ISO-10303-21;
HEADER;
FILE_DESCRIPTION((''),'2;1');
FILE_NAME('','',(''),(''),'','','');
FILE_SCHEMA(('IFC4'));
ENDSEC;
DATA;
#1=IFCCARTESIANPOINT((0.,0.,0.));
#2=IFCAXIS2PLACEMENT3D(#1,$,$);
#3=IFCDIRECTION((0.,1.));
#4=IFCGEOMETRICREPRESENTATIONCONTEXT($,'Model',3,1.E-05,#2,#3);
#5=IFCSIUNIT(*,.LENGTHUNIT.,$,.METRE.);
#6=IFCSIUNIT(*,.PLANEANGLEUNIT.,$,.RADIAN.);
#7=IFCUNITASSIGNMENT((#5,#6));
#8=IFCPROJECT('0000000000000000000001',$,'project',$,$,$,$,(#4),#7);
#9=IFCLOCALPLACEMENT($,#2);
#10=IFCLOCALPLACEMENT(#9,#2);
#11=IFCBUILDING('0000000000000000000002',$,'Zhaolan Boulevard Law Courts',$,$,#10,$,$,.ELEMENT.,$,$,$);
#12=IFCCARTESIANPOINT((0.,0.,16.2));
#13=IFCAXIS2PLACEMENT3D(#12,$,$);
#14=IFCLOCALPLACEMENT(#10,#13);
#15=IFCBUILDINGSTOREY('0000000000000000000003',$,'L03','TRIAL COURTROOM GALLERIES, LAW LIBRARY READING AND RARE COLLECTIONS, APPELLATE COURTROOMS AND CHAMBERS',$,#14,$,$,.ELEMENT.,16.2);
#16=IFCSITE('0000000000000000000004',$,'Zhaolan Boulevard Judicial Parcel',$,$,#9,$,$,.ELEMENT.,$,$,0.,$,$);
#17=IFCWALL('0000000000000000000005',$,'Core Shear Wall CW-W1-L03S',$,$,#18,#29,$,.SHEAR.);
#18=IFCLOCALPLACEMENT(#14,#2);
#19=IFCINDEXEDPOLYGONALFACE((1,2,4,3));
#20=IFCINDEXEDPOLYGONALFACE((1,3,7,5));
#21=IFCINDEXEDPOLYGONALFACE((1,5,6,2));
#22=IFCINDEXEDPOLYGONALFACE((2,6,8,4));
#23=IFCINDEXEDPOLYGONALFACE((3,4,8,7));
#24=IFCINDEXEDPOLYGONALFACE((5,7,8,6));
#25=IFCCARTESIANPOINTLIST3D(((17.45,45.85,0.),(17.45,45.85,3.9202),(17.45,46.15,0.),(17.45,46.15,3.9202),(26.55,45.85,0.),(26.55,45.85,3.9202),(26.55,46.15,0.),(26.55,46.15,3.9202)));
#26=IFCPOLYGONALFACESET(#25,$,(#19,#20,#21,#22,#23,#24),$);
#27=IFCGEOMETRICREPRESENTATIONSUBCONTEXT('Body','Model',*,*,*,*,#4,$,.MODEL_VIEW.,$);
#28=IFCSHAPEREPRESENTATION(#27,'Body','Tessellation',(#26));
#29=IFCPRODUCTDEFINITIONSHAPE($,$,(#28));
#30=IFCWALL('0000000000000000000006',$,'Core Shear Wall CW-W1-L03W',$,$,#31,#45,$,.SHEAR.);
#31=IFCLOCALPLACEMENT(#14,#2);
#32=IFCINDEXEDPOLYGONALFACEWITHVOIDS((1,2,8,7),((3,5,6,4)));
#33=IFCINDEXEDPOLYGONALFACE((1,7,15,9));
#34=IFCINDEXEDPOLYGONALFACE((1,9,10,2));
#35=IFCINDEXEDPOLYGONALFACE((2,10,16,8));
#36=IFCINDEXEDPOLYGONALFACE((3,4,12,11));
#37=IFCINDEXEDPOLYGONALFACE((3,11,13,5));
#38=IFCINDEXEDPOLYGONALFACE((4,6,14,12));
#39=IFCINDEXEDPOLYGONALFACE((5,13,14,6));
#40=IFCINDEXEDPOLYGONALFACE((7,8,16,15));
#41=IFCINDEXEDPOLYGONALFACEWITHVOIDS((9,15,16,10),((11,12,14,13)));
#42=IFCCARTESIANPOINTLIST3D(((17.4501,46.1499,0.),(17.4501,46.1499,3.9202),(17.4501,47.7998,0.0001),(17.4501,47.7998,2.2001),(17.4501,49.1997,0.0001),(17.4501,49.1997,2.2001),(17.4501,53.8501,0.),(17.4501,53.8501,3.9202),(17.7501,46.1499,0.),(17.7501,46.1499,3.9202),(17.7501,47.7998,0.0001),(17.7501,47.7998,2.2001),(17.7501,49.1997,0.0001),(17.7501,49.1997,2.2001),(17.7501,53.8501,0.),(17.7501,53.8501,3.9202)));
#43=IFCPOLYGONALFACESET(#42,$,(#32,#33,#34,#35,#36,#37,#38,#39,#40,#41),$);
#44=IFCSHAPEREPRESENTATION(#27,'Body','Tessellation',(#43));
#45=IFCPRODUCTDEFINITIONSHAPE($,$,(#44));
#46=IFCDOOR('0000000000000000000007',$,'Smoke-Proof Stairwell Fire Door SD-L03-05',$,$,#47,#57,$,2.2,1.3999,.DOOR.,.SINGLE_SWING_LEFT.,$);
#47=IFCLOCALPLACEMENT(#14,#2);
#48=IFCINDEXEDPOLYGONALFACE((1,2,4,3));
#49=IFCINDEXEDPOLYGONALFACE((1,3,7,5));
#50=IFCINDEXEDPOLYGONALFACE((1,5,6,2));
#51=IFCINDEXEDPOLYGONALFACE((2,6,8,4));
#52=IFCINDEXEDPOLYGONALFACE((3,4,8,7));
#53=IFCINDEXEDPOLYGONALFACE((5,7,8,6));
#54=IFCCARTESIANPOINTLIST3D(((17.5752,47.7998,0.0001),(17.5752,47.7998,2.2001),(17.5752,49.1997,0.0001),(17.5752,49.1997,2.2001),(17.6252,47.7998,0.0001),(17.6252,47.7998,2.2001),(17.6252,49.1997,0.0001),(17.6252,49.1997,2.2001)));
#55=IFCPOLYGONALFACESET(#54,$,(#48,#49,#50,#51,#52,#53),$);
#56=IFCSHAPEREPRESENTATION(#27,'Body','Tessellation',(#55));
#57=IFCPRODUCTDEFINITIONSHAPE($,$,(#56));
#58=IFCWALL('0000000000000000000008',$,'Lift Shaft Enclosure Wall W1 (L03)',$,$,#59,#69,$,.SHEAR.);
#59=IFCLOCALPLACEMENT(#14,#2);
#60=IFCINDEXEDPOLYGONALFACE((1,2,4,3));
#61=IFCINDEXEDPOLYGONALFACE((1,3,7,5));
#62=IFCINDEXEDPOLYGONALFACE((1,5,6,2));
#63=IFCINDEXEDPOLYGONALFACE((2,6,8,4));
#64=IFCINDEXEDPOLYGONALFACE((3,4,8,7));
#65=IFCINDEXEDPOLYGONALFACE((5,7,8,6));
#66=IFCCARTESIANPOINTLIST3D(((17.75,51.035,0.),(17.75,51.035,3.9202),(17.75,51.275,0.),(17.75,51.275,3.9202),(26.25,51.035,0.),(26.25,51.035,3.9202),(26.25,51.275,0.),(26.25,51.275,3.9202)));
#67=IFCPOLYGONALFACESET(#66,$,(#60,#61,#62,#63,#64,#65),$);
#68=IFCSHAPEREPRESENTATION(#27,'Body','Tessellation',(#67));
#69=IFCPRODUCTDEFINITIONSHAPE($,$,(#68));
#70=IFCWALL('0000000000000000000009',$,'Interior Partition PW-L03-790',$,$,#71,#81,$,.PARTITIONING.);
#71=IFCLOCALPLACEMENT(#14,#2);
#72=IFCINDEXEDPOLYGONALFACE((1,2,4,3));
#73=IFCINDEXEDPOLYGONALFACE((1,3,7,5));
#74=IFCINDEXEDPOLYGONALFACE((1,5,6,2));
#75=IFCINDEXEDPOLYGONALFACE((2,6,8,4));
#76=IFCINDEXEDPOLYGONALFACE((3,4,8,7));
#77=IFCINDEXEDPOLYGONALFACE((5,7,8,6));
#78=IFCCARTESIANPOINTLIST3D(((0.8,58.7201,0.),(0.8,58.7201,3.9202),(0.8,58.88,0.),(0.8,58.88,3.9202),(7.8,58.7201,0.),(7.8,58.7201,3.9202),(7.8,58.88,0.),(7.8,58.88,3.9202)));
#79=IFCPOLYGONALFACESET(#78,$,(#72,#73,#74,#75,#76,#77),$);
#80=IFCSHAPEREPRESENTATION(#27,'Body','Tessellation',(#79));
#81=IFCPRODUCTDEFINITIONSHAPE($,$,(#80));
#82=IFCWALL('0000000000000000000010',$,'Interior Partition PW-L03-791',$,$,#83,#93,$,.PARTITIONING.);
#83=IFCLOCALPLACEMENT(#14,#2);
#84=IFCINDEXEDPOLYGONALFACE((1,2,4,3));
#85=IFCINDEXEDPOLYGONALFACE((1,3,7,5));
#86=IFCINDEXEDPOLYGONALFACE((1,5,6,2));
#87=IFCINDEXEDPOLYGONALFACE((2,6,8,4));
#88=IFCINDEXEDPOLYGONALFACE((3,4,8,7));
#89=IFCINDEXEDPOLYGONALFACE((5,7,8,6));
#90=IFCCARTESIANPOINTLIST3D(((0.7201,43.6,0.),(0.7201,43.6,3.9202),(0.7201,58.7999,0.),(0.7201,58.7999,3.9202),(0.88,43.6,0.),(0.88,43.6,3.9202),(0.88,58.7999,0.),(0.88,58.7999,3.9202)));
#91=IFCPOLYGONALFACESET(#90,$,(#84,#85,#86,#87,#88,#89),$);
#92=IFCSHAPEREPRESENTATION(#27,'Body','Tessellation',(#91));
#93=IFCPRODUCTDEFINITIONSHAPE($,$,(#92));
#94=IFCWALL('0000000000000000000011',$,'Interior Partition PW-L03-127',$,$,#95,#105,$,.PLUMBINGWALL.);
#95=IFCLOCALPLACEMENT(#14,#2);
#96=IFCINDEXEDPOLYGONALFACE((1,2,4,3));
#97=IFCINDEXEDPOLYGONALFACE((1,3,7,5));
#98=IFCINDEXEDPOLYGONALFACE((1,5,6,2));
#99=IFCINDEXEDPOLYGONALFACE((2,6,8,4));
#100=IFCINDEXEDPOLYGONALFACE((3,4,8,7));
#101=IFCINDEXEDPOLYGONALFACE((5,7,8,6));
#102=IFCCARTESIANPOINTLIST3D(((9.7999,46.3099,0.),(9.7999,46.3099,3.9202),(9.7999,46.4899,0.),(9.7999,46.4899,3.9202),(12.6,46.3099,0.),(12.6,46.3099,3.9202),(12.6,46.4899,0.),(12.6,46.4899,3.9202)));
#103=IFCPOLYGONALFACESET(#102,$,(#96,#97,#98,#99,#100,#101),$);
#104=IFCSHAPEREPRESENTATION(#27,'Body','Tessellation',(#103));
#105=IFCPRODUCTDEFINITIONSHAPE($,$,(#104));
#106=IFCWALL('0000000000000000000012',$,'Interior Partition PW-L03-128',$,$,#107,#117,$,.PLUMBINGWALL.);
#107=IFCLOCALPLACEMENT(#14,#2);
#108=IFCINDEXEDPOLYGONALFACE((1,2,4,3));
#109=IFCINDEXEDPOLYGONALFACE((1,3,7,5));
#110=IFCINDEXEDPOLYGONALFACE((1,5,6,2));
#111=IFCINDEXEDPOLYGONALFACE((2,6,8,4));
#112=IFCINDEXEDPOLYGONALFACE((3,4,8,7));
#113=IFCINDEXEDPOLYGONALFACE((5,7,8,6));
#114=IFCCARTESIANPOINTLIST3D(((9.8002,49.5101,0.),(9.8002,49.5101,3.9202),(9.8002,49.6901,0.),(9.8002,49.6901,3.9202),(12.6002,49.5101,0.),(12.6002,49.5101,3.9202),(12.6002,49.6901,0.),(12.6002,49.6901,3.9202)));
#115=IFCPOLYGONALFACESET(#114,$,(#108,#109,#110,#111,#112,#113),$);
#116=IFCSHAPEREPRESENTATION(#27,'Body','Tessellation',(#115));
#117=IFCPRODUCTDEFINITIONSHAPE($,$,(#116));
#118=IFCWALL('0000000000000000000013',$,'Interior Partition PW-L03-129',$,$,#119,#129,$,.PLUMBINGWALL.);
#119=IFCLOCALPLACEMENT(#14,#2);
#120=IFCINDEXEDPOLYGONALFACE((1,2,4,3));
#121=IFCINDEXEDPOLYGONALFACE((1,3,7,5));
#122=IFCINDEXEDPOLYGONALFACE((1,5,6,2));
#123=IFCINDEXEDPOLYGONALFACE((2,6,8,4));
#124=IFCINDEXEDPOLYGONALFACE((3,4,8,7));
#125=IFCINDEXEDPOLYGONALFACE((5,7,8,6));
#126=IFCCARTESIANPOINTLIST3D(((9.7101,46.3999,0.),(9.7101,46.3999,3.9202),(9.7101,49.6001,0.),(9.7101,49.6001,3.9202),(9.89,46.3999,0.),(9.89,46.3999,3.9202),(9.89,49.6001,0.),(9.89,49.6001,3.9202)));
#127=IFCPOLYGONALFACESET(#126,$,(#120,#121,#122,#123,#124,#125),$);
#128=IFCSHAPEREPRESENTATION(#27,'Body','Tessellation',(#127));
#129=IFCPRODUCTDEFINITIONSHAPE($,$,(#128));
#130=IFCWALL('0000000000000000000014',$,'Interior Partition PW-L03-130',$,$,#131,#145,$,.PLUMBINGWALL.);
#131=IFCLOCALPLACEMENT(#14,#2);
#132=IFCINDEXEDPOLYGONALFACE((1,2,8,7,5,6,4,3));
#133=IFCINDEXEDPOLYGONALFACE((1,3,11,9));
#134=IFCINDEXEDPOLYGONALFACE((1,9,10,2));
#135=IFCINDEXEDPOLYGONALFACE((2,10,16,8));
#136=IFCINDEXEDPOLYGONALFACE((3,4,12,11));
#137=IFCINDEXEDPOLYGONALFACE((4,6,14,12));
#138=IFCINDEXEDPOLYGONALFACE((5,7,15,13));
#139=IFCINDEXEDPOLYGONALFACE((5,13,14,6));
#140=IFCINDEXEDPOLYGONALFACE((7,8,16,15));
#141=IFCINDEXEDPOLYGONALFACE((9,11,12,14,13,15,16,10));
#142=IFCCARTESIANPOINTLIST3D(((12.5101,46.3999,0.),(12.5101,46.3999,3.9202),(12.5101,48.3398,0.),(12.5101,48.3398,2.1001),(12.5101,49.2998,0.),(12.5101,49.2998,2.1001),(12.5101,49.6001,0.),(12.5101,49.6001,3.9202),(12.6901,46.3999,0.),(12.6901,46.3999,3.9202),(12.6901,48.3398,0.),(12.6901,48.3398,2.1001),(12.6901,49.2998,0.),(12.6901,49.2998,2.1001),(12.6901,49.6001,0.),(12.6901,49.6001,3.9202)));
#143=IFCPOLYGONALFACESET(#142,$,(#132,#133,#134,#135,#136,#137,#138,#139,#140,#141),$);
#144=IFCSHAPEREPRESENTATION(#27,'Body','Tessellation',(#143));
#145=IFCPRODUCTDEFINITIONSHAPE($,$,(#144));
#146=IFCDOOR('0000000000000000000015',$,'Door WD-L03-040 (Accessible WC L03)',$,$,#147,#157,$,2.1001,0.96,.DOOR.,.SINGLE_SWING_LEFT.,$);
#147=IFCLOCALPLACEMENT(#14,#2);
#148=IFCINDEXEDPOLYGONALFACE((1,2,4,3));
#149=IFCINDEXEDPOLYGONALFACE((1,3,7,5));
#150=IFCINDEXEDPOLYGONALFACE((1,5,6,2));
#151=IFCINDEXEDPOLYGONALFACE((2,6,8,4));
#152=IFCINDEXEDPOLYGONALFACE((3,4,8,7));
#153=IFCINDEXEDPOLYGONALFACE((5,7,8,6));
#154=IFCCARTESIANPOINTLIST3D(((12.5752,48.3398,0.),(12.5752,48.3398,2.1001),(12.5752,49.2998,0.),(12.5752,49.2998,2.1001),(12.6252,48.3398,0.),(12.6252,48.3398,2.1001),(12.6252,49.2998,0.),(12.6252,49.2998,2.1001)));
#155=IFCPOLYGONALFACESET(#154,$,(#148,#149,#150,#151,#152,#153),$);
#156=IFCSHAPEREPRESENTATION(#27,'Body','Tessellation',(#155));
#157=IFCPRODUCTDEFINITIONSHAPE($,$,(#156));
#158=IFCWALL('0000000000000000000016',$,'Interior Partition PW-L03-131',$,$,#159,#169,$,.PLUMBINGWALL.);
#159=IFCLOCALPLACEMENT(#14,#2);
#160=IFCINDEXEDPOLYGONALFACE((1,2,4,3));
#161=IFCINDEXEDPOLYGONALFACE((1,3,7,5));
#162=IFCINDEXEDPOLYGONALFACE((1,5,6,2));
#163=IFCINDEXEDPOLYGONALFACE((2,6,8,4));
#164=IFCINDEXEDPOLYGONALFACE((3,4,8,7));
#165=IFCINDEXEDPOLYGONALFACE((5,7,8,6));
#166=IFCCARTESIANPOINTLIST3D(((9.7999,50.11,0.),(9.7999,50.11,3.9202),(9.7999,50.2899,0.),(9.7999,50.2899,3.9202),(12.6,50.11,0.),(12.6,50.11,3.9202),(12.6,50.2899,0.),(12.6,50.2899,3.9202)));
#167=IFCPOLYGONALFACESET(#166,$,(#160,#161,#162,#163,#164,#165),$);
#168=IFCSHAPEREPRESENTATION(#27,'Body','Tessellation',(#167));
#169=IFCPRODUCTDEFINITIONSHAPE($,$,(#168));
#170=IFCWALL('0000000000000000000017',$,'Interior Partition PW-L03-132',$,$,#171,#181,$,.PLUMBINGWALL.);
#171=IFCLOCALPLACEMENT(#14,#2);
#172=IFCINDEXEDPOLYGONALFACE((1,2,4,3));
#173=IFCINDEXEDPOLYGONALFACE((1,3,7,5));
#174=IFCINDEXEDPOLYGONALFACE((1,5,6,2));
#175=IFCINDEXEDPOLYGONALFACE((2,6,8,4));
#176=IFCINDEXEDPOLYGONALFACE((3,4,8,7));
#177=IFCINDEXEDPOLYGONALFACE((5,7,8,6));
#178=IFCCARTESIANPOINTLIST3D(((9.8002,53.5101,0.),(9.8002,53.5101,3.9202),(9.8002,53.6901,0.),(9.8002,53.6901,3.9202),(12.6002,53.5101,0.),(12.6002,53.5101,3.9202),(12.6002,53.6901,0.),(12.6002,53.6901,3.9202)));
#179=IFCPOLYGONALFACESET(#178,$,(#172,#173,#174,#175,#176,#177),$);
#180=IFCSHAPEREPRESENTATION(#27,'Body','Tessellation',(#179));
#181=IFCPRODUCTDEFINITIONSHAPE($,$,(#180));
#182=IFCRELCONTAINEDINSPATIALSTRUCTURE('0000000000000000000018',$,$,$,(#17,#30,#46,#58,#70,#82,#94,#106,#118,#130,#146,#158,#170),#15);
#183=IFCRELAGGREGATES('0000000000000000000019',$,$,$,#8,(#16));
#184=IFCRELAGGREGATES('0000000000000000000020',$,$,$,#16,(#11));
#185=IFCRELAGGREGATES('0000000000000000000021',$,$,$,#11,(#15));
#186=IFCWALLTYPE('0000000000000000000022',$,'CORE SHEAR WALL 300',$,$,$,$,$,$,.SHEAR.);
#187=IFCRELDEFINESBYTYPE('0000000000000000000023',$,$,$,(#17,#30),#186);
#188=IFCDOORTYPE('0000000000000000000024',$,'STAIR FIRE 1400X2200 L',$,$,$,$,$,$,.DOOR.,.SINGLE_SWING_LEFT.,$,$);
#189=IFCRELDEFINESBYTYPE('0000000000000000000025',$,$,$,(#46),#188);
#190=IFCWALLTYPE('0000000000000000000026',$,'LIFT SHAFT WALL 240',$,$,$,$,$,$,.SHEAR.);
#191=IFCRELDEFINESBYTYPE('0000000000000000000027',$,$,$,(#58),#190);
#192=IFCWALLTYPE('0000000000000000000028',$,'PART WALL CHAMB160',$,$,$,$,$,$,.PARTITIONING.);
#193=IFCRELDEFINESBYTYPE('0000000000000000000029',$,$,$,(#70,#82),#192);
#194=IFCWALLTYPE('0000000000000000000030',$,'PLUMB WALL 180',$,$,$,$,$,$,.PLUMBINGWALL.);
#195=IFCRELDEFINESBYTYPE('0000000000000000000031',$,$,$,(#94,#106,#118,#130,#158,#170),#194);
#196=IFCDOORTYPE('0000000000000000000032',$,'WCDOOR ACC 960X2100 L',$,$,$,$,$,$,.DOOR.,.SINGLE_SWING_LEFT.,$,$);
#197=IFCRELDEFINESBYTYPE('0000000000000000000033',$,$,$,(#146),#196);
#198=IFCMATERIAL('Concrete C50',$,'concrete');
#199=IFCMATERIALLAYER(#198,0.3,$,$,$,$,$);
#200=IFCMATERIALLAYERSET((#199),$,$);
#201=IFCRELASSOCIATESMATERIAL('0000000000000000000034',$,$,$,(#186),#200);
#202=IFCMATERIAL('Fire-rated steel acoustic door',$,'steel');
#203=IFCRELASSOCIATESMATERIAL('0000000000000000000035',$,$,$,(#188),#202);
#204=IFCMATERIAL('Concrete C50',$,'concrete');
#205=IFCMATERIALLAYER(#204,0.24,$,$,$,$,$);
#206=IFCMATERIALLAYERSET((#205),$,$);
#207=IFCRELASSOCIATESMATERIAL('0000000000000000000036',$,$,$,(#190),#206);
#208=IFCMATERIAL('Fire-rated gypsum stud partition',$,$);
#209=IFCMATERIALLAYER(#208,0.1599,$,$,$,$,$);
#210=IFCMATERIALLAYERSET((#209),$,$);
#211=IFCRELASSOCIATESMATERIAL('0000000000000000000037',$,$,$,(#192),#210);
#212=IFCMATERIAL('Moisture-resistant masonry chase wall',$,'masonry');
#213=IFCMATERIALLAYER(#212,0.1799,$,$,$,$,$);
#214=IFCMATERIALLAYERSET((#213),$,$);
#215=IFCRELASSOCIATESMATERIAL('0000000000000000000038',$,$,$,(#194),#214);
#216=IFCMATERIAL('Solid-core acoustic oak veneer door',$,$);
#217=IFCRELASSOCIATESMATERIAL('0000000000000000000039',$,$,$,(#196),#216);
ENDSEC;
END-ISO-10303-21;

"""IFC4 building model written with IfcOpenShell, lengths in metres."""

from ifc_helpers import new_model, si_unit, direction, frame, frame_2d, origin, place, context, subcontext, project, spatial, rectangle, extrude, material, layer, layer_set, type_object, element, fill, save


model = new_model("IFC4")

# Units and contexts
model_context = context("Model", 3, precision=1e-05, world=origin(), true_north=direction((0.0, 1.0)))
body_context = subcontext(model_context, "Body", "Model", "MODEL_VIEW")
ifc_project = project(units=[si_unit("LENGTHUNIT", "METRE"), si_unit("PLANEANGLEUNIT", "RADIAN")], contexts=[model_context])

# Site, building, storey
site_placement = place(None, origin())
site = spatial("IfcSite", under=ifc_project, at=site_placement, Name="Zhaolan Boulevard Judicial Parcel", CompositionType="ELEMENT", RefElevation=0.0)
building_placement = place(site_placement, origin())
building = spatial("IfcBuilding", under=site, at=building_placement, Name="Zhaolan Boulevard Law Courts", CompositionType="ELEMENT")
storey_placement = place(building_placement, frame((0.0, 0.0, 16.2)))
storey = spatial("IfcBuildingStorey", under=building, at=storey_placement, Name="L03", Description="TRIAL COURTROOM GALLERIES, LAW LIBRARY READING AND RARE COLLECTIONS, APPELLATE COURTROOMS AND CHAMBERS", CompositionType="ELEMENT", Elevation=16.2)

# Wall
ifc_material_1 = material(Name="Concrete C50", Category="concrete")
ifc_layer_1 = layer(ifc_material_1, 0.3)
ifc_layer_set_1 = layer_set([ifc_layer_1])
wall_type_1 = type_object("IfcWallType", Name="CORE SHEAR WALL 300", PredefinedType="SHEAR", material=ifc_layer_set_1)
wall_1_placement = place(storey_placement, frame((17.45, 46.0, 0.0), z_axis=(0.0, 0.0, 1.0), x_axis=(1.0, 0.0, 0.0)))
element("IfcWall", 1, at=wall_1_placement, inside=storey, type_object=wall_type_1, Name="Core Shear Wall CW-W1-L03S", PredefinedType="SHEAR", context=body_context, shape_type="SweptSolid", body=[
    extrude(rectangle(XDim=9.1001, YDim=0.3, at=frame_2d((4.55, 0.0))), origin(), (0.0, 0.0, 1.0), 3.9202),
])

# Wall, opening, door
wall_2_placement = place(storey_placement, frame((17.6001, 46.1499, 0.0), z_axis=(0.0, 0.0, 1.0), x_axis=(0.0, 1.0, 0.0)))
wall_2 = element("IfcWall", 2, at=wall_2_placement, inside=storey, type_object=wall_type_1, Name="Core Shear Wall CW-W1-L03W", PredefinedType="SHEAR", context=body_context, shape_type="SweptSolid", body=[
    extrude(rectangle(XDim=7.7002, YDim=0.3, at=frame_2d((3.8501, 0.0))), origin(), (0.0, 0.0, 1.0), 3.9202),
])
opening_1_placement = place(wall_2_placement, frame((1.6499, 0.0, 0.0)))
opening_1 = element("IfcOpeningElement", 3, at=opening_1_placement, cuts=wall_2, PredefinedType="OPENING", context=body_context, shape_type="SweptSolid", body=[
    extrude(rectangle(XDim=1.3999, YDim=2.2, at=frame_2d((0.7, 1.1001))), frame((0.0, 0.1599, 0.0), z_axis=(0.0, -1.0, 0.0), x_axis=(1.0, 0.0, 0.0)), (0.0, 0.0, 1.0), 0.3201),
])
ifc_material_2 = material(Name="Fire-rated steel acoustic door", Category="steel")
door_type_1 = type_object("IfcDoorType", Name="STAIR FIRE 1400X2200 L", OperationType="SINGLE_SWING_LEFT", PredefinedType="DOOR", material=ifc_material_2)
door_1_placement = place(opening_1_placement, origin())
door_1 = element("IfcDoor", 4, at=door_1_placement, inside=storey, type_object=door_type_1, Name="Smoke-Proof Stairwell Fire Door SD-L03-05", OperationType="SINGLE_SWING_LEFT", OverallHeight=2.2, OverallWidth=1.3999, PredefinedType="DOOR", context=body_context, shape_type="SweptSolid", body=[
    extrude(rectangle(XDim=1.3999, YDim=2.2, at=frame_2d((0.7, 1.1001))), frame((0.0, 0.0249, 0.0), z_axis=(0.0, -1.0, 0.0), x_axis=(1.0, 0.0, 0.0)), (0.0, 0.0, 1.0), 0.05),
])
fill(opening_1, door_1)

# Walls
ifc_material_3 = material(Name="Concrete C50", Category="concrete")
ifc_layer_2 = layer(ifc_material_3, 0.24)
ifc_layer_set_2 = layer_set([ifc_layer_2])
wall_type_2 = type_object("IfcWallType", Name="LIFT SHAFT WALL 240", PredefinedType="SHEAR", material=ifc_layer_set_2)
wall_3_placement = place(storey_placement, frame((17.75, 51.155, 0.0), z_axis=(0.0, 0.0, 1.0), x_axis=(1.0, 0.0, 0.0)))
element("IfcWall", 5, at=wall_3_placement, inside=storey, type_object=wall_type_2, Name="Lift Shaft Enclosure Wall W1 (L03)", PredefinedType="SHEAR", context=body_context, shape_type="SweptSolid", body=[
    extrude(rectangle(XDim=8.5, YDim=0.24, at=frame_2d((4.25, 0.0))), origin(), (0.0, 0.0, 1.0), 3.9202),
])
ifc_material_4 = material(Name="Fire-rated gypsum stud partition")
ifc_layer_3 = layer(ifc_material_4, 0.1599)
ifc_layer_set_3 = layer_set([ifc_layer_3])
wall_type_3 = type_object("IfcWallType", Name="PART WALL CHAMB160", PredefinedType="PARTITIONING", material=ifc_layer_set_3)
wall_4_placement = place(storey_placement, frame((7.8, 58.8, 0.0), z_axis=(0.0, 0.0, 1.0), x_axis=(-1.0, 0.0, 0.0)))
element("IfcWall", 6, at=wall_4_placement, inside=storey, type_object=wall_type_3, Name="Interior Partition PW-L03-790", PredefinedType="PARTITIONING", context=body_context, shape_type="SweptSolid", body=[
    extrude(rectangle(XDim=7.0, YDim=0.1599, at=frame_2d((3.5, 0.0))), origin(), (0.0, 0.0, 1.0), 3.9202),
])
wall_5_placement = place(storey_placement, frame((0.8, 58.8, 0.0), z_axis=(0.0, 0.0, 1.0), x_axis=(0.0, -1.0, 0.0)))
element("IfcWall", 7, at=wall_5_placement, inside=storey, type_object=wall_type_3, Name="Interior Partition PW-L03-791", PredefinedType="PARTITIONING", context=body_context, shape_type="SweptSolid", body=[
    extrude(rectangle(XDim=15.2, YDim=0.1599, at=frame_2d((7.6001, 0.0))), origin(), (0.0, 0.0, 1.0), 3.9202),
])
ifc_material_5 = material(Name="Moisture-resistant masonry chase wall", Category="masonry")
ifc_layer_4 = layer(ifc_material_5, 0.1799)
ifc_layer_set_4 = layer_set([ifc_layer_4])
wall_type_4 = type_object("IfcWallType", Name="PLUMB WALL 180", PredefinedType="PLUMBINGWALL", material=ifc_layer_set_4)
for number, where, z_axis, x_axis, name in (
    (8, (9.8, 46.3999, 0.0), (0.0, 0.0, 1.0), (1.0, 0.0, 0.0), "Interior Partition PW-L03-127"),
    (9, (12.6001, 49.6001, 0.0), (0.0, 0.0, 1.0), (-1.0, 0.0, 0.0), "Interior Partition PW-L03-128"),
):
    element("IfcWall", number, at=place(storey_placement, frame(where, z_axis=z_axis, x_axis=x_axis)), inside=storey, type_object=wall_type_4, Name=name, PredefinedType="PLUMBINGWALL", context=body_context, shape_type="SweptSolid", body=[
        extrude(rectangle(XDim=2.8, YDim=0.1799, at=frame_2d((1.3999, 0.0))), origin(), (0.0, 0.0, 1.0), 3.9202),
    ])
wall_6_placement = place(storey_placement, frame((9.8, 49.6001, 0.0), z_axis=(0.0, 0.0, 1.0), x_axis=(0.0, -1.0, 0.0)))
element("IfcWall", 10, at=wall_6_placement, inside=storey, type_object=wall_type_4, Name="Interior Partition PW-L03-129", PredefinedType="PLUMBINGWALL", context=body_context, shape_type="SweptSolid", body=[
    extrude(rectangle(XDim=3.2002, YDim=0.1799, at=frame_2d((1.6001, 0.0))), origin(), (0.0, 0.0, 1.0), 3.9202),
])

# Wall, opening, door
wall_7_placement = place(storey_placement, frame((12.6001, 46.3999, 0.0), z_axis=(0.0, 0.0, 1.0), x_axis=(0.0, 1.0, 0.0)))
wall_7 = element("IfcWall", 11, at=wall_7_placement, inside=storey, type_object=wall_type_4, Name="Interior Partition PW-L03-130", PredefinedType="PLUMBINGWALL", context=body_context, shape_type="SweptSolid", body=[
    extrude(rectangle(XDim=3.2002, YDim=0.1799, at=frame_2d((1.6001, 0.0))), origin(), (0.0, 0.0, 1.0), 3.9202),
])
opening_2_placement = place(wall_7_placement, frame((1.9399, 0.0, 0.0)))
opening_2 = element("IfcOpeningElement", 12, at=opening_2_placement, cuts=wall_7, PredefinedType="OPENING", context=body_context, shape_type="SweptSolid", body=[
    extrude(rectangle(XDim=0.96, YDim=2.1001, at=frame_2d((0.48, 1.05))), frame((0.0, 0.0999, 0.0), z_axis=(0.0, -1.0, 0.0), x_axis=(1.0, 0.0, 0.0)), (0.0, 0.0, 1.0), 0.2),
])
ifc_material_6 = material(Name="Solid-core acoustic oak veneer door")
door_type_2 = type_object("IfcDoorType", Name="WCDOOR ACC 960X2100 L", OperationType="SINGLE_SWING_LEFT", PredefinedType="DOOR", material=ifc_material_6)
door_2_placement = place(opening_2_placement, origin())
door_2 = element("IfcDoor", 13, at=door_2_placement, inside=storey, type_object=door_type_2, Name="Door WD-L03-040 (Accessible WC L03)", OperationType="SINGLE_SWING_LEFT", OverallHeight=2.1001, OverallWidth=0.96, PredefinedType="DOOR", context=body_context, shape_type="SweptSolid", body=[
    extrude(rectangle(XDim=0.96, YDim=2.1001, at=frame_2d((0.48, 1.05))), frame((0.0, 0.0249, 0.0), z_axis=(0.0, -1.0, 0.0), x_axis=(1.0, 0.0, 0.0)), (0.0, 0.0, 1.0), 0.05),
])
fill(opening_2, door_2)

# Walls
for number, where, z_axis, x_axis, name in (
    (14, (9.8, 50.2, 0.0), (0.0, 0.0, 1.0), (1.0, 0.0, 0.0), "Interior Partition PW-L03-131"),
    (15, (12.6001, 53.6001, 0.0), (0.0, 0.0, 1.0), (-1.0, 0.0, 0.0), "Interior Partition PW-L03-132"),
):
    element("IfcWall", number, at=place(storey_placement, frame(where, z_axis=z_axis, x_axis=x_axis)), inside=storey, type_object=wall_type_4, Name=name, PredefinedType="PLUMBINGWALL", context=body_context, shape_type="SweptSolid", body=[
        extrude(rectangle(XDim=2.8, YDim=0.1799, at=frame_2d((1.3999, 0.0))), origin(), (0.0, 0.0, 1.0), 3.9202),
    ])

save(model, "model.ifc")
